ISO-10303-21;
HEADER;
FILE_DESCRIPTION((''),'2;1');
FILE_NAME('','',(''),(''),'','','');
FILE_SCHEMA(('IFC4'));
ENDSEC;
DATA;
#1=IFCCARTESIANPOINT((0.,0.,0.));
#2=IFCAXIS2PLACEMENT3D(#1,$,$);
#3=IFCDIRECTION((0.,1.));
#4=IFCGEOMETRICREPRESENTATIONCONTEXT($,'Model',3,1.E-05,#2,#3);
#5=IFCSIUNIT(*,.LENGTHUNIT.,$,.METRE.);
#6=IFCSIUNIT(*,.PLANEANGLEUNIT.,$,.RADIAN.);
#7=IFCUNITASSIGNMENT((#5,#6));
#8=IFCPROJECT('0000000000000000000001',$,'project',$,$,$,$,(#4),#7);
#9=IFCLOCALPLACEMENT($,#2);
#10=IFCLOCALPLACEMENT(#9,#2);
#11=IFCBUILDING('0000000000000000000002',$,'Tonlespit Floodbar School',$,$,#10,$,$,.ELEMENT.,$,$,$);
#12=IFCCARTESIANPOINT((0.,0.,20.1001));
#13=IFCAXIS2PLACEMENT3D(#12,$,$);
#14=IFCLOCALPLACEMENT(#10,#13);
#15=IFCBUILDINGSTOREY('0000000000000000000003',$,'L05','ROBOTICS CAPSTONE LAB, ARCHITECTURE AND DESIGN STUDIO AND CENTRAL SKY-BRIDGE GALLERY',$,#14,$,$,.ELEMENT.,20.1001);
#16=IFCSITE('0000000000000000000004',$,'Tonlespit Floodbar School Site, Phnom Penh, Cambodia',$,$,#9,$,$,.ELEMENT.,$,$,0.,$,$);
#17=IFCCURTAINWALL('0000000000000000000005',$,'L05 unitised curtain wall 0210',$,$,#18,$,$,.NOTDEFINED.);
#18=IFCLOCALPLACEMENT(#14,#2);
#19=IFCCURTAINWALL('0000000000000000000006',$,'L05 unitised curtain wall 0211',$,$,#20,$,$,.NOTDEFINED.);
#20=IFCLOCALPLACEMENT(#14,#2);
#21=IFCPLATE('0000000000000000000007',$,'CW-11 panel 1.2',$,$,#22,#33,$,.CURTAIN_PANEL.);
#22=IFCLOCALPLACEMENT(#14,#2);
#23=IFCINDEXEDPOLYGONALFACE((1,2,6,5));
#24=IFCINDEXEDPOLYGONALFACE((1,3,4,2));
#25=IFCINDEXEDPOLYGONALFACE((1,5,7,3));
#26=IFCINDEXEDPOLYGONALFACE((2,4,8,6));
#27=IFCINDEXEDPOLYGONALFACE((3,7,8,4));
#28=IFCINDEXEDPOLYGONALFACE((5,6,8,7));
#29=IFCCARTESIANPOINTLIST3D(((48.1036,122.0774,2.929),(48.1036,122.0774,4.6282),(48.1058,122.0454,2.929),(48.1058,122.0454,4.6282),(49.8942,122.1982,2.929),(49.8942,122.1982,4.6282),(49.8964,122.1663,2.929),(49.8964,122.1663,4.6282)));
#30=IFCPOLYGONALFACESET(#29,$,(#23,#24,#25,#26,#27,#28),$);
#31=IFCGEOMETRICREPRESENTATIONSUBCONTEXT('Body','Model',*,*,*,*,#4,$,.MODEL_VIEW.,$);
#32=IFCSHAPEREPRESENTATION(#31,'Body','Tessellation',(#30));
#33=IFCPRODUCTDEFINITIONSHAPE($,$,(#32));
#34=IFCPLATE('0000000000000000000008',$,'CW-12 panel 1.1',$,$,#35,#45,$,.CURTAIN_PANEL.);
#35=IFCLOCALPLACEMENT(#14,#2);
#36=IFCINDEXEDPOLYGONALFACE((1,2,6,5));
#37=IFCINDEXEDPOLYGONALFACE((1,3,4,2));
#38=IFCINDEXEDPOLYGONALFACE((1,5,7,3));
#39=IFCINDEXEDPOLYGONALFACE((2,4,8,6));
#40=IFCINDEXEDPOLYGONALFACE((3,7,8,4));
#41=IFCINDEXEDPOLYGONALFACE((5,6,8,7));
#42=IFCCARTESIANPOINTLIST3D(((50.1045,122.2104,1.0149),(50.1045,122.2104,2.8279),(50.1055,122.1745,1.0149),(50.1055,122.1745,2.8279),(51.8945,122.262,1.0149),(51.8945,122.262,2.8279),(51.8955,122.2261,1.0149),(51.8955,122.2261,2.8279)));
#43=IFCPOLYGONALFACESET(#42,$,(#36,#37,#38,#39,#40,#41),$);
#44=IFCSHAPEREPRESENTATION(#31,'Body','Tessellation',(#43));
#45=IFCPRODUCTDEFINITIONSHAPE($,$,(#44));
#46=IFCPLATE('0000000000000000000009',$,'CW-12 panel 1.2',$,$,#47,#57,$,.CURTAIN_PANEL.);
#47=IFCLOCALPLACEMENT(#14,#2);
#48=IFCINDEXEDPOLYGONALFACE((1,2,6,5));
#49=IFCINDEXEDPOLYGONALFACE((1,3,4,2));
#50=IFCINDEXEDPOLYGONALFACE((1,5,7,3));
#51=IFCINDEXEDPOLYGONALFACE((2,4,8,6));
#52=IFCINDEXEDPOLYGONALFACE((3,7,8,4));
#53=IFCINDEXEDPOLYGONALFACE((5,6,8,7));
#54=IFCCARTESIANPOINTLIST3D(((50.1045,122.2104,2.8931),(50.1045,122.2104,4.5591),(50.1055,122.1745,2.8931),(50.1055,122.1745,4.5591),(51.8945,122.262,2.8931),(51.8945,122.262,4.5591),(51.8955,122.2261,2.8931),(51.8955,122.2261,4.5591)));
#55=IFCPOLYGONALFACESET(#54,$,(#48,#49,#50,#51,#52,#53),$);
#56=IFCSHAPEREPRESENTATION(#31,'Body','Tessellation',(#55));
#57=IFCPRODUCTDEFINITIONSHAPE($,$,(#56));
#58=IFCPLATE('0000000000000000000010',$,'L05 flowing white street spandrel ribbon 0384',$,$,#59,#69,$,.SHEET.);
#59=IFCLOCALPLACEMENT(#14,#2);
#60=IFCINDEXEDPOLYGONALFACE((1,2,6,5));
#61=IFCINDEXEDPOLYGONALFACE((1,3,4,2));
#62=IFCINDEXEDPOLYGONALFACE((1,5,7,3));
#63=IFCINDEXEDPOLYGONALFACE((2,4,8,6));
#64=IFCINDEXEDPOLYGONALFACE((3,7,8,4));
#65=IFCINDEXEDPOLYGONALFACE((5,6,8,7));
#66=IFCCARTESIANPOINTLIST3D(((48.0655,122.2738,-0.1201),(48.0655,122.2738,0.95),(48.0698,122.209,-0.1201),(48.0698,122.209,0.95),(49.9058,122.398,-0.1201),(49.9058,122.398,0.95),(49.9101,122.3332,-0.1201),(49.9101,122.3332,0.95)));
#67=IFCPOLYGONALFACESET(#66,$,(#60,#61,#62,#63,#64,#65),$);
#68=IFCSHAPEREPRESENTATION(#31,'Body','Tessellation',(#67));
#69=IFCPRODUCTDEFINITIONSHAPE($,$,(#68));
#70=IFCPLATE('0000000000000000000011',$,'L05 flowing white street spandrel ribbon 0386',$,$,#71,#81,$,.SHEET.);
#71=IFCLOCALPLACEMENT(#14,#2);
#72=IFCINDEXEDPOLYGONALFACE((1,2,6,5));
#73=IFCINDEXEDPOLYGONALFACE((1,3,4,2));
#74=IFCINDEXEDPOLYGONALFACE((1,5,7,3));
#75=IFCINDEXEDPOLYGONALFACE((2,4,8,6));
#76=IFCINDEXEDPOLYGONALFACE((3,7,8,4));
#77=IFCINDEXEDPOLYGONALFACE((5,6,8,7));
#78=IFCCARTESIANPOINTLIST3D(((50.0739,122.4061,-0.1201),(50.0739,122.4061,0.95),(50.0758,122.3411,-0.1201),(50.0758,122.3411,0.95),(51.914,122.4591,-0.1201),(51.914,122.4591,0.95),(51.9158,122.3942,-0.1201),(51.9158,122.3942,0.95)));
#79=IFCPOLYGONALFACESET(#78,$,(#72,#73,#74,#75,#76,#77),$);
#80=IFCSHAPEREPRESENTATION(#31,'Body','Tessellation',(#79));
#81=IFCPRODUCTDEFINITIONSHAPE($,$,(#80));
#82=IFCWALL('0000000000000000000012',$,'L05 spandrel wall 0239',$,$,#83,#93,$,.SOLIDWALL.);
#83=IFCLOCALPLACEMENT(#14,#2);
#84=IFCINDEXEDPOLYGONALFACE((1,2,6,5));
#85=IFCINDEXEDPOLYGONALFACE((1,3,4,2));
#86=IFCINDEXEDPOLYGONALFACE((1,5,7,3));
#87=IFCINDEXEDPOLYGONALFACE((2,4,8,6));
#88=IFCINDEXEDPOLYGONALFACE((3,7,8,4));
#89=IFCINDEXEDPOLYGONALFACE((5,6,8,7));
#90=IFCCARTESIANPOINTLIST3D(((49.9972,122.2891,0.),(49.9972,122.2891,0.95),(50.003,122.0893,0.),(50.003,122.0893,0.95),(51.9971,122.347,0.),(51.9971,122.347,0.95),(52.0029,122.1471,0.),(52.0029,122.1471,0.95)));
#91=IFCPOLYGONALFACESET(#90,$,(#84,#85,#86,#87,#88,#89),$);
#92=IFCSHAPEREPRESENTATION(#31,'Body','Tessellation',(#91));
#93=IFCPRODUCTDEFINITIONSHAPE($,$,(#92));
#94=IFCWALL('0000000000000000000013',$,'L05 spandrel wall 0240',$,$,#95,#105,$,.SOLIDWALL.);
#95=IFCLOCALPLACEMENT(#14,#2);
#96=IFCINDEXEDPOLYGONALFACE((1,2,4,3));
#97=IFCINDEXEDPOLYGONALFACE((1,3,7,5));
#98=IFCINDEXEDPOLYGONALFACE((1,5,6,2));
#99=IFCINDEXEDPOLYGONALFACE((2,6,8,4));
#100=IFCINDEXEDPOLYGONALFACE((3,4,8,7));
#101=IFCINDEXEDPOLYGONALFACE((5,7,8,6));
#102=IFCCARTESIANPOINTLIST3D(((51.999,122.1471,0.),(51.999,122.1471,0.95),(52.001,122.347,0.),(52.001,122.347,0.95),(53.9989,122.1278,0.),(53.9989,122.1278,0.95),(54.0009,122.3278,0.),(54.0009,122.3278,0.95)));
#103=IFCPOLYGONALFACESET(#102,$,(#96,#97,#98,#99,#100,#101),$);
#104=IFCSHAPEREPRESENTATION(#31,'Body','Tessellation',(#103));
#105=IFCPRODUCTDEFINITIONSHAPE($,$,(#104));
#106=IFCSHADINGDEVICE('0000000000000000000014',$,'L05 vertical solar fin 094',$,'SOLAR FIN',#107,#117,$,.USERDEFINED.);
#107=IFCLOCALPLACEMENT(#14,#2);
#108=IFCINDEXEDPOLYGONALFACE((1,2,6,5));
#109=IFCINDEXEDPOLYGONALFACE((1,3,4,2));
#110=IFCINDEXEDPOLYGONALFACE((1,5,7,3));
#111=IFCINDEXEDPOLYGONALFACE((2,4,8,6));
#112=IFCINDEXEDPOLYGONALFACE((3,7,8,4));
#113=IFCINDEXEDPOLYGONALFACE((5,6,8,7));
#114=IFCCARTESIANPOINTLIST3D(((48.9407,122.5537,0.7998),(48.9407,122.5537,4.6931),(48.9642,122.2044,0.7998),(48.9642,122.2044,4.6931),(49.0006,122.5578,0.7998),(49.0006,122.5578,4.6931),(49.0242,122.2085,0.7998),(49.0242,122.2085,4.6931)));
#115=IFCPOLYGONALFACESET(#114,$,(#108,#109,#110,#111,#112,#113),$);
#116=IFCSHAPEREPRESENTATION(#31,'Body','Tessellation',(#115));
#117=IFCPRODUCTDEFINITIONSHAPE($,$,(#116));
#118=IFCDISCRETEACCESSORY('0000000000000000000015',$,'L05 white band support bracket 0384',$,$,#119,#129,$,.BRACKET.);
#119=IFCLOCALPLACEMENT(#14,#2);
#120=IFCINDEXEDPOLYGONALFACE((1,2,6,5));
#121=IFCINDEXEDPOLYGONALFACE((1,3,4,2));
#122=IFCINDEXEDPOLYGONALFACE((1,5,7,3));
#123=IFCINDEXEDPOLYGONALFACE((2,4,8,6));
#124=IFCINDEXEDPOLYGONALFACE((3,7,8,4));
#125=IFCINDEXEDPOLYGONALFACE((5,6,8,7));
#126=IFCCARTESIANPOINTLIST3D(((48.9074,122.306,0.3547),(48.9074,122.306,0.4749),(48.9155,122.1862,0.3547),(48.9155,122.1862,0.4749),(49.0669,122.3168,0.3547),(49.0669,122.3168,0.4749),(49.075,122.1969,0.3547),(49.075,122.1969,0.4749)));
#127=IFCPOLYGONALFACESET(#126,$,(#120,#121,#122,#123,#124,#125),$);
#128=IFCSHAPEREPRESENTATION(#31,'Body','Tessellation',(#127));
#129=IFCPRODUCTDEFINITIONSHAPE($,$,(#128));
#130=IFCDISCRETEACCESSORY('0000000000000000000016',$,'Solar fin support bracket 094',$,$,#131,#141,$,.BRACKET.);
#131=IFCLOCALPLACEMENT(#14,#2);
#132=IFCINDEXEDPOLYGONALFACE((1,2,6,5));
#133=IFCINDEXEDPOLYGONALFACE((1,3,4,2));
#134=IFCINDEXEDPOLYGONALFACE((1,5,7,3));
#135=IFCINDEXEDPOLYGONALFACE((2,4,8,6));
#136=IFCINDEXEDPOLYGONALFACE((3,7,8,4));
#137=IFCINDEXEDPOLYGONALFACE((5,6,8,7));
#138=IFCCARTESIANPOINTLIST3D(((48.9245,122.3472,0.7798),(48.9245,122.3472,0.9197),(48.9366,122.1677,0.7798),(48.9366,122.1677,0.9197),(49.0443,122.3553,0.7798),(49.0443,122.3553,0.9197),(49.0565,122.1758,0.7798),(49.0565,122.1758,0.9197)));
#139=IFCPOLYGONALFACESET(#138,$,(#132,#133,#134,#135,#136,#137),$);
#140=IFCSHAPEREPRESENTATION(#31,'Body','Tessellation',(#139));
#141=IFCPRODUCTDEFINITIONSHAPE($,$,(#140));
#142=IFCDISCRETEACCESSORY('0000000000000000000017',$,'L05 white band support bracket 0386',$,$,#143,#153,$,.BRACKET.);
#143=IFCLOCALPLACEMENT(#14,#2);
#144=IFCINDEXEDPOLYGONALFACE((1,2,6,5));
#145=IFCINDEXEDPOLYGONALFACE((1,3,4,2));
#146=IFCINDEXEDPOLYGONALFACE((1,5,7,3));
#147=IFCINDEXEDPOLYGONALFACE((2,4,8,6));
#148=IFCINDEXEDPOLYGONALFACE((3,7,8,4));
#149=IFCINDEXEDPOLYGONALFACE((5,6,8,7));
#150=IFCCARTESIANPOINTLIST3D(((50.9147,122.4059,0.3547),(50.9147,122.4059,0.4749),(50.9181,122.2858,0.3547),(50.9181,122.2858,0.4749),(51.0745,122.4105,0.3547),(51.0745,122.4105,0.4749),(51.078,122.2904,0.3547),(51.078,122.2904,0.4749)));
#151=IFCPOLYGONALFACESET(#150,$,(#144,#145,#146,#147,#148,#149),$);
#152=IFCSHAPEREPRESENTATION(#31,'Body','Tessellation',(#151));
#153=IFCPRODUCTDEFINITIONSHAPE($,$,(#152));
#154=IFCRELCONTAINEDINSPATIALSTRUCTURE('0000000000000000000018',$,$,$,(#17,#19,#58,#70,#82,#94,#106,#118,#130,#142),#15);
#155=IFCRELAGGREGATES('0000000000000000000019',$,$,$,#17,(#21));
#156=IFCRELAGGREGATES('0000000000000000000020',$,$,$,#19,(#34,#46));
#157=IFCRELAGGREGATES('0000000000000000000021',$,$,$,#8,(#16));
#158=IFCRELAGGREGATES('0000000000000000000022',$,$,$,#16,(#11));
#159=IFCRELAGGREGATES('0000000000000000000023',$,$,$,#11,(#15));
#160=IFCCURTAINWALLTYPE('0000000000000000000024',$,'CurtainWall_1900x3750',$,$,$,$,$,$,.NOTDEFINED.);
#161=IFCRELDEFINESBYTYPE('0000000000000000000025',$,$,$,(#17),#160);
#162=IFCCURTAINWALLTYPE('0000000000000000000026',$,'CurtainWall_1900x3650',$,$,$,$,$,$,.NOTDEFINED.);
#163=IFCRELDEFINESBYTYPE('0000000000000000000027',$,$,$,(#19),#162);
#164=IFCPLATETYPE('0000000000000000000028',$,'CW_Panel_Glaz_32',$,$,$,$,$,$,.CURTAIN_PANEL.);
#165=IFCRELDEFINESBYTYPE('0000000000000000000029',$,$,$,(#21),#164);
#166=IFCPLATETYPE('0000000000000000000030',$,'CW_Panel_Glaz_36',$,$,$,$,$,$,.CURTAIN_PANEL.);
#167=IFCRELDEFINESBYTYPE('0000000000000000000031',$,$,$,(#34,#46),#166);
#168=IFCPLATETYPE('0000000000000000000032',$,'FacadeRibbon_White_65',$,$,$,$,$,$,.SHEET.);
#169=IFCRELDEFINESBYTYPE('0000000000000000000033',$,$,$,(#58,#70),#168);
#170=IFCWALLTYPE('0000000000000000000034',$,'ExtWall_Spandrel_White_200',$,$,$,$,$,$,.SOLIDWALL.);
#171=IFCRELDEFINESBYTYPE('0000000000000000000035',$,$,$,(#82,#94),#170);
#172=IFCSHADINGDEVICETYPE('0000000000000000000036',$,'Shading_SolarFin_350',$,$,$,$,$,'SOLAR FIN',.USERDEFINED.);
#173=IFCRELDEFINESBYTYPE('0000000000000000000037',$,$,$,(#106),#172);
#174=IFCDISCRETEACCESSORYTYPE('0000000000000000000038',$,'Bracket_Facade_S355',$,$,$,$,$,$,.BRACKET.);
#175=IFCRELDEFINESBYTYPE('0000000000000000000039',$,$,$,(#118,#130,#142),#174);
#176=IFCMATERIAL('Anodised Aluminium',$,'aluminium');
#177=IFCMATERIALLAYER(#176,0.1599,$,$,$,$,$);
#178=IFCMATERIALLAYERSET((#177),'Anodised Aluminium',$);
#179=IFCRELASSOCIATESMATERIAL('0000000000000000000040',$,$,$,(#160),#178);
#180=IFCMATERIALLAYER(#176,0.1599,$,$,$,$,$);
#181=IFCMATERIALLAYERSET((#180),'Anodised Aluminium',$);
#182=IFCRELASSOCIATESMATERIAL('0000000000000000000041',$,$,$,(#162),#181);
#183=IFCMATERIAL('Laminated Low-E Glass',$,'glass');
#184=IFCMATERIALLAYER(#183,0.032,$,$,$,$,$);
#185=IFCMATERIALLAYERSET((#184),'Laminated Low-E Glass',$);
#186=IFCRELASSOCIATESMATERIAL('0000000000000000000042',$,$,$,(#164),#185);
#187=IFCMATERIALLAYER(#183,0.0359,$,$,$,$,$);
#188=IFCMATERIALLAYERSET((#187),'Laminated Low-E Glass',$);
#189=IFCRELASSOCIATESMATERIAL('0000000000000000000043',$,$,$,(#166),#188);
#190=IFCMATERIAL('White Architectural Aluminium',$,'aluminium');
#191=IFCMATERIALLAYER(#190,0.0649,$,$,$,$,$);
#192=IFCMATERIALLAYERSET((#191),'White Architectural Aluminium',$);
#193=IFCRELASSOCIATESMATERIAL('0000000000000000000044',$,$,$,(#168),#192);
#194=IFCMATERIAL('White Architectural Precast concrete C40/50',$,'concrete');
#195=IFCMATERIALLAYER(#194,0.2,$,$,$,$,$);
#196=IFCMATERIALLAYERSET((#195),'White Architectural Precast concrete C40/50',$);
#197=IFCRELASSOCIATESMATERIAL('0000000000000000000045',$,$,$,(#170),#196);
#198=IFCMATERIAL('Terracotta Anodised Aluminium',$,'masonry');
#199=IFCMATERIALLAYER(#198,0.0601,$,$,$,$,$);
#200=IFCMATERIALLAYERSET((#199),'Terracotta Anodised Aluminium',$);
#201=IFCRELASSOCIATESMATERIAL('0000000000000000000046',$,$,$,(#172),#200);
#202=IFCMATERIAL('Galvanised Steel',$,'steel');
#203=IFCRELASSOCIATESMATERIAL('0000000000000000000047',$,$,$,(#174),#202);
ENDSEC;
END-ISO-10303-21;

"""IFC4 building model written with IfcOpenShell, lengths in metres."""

from ifc_helpers import new_model, si_unit, direction, frame, frame_2d, origin, origin_2d, place, context, subcontext, project, spatial, rectangle, extrude, material, layer, layer_set, type_object, element, aggregate, save


model = new_model("IFC4")

# Units and contexts
model_context = context("Model", 3, precision=1e-05, world=origin(), true_north=direction((0.0, 1.0)))
body_context = subcontext(model_context, "Body", "Model", "MODEL_VIEW")
ifc_project = project(units=[si_unit("LENGTHUNIT", "METRE"), si_unit("PLANEANGLEUNIT", "RADIAN")], contexts=[model_context])

# Site, building, storey
site_placement = place(None, origin())
site = spatial("IfcSite", under=ifc_project, at=site_placement, Name="Tonlespit Floodbar School Site, Phnom Penh, Cambodia", CompositionType="ELEMENT", RefElevation=0.0)
building_placement = place(site_placement, origin())
building = spatial("IfcBuilding", under=site, at=building_placement, Name="Tonlespit Floodbar School", CompositionType="ELEMENT")
storey_placement = place(building_placement, frame((0.0, 0.0, 20.1001)))
storey = spatial("IfcBuildingStorey", under=building, at=storey_placement, Name="L05", Description="ROBOTICS CAPSTONE LAB, ARCHITECTURE AND DESIGN STUDIO AND CENTRAL SKY-BRIDGE GALLERY", CompositionType="ELEMENT", Elevation=20.1001)

# Curtain wall
ifc_material_1 = material(Name="Anodised Aluminium", Category="aluminium")
ifc_layer_1 = layer(ifc_material_1, 0.1599)
ifc_layer_set_1 = layer_set([ifc_layer_1], Name="Anodised Aluminium")
curtain_wall_type_1 = type_object("IfcCurtainWallType", Name="CurtainWall_1900x3750", PredefinedType="NOTDEFINED", material=ifc_layer_set_1)
curtain_wall_1_placement = place(storey_placement, origin())
curtain_wall_1 = element("IfcCurtainWall", 1, at=curtain_wall_1_placement, inside=storey, type_object=curtain_wall_type_1, Name="L05 unitised curtain wall 0210", PredefinedType="NOTDEFINED")

# Curtain wall
ifc_layer_2 = layer(ifc_material_1, 0.1599)
ifc_layer_set_2 = layer_set([ifc_layer_2], Name="Anodised Aluminium")
curtain_wall_type_2 = type_object("IfcCurtainWallType", Name="CurtainWall_1900x3650", PredefinedType="NOTDEFINED", material=ifc_layer_set_2)
curtain_wall_2_placement = place(storey_placement, origin())
curtain_wall_2 = element("IfcCurtainWall", 2, at=curtain_wall_2_placement, inside=storey, type_object=curtain_wall_type_2, Name="L05 unitised curtain wall 0211", PredefinedType="NOTDEFINED")

# Plates
ifc_material_2 = material(Name="Laminated Low-E Glass", Category="glass")
ifc_layer_3 = layer(ifc_material_2, 0.032)
ifc_layer_set_3 = layer_set([ifc_layer_3], Name="Laminated Low-E Glass")
plate_type_1 = type_object("IfcPlateType", Name="CW_Panel_Glaz_32", PredefinedType="CURTAIN_PANEL", material=ifc_layer_set_3)
plate_1_placement = place(storey_placement, frame((49.0, 122.1218, 2.929), z_axis=(0.0, 0.0, 1.0), x_axis=(0.99773, 0.06734, 0.0)))
plate_1 = element("IfcPlate", 3, at=plate_1_placement, type_object=plate_type_1, Name="CW-11 panel 1.2", PredefinedType="CURTAIN_PANEL", context=body_context, shape_type="SweptSolid", body=[
    extrude(rectangle(XDim=1.7947, YDim=0.032, at=origin_2d()), origin(), (0.0, 0.0, 1.0), 1.6992),
])
aggregate(curtain_wall_1, [plate_1])
ifc_layer_4 = layer(ifc_material_2, 0.0359)
ifc_layer_set_4 = layer_set([ifc_layer_4], Name="Laminated Low-E Glass")
plate_type_2 = type_object("IfcPlateType", Name="CW_Panel_Glaz_36", PredefinedType="CURTAIN_PANEL", material=ifc_layer_set_4)
plate_2_placement = place(storey_placement, frame((51.0, 122.2183, 1.0149), z_axis=(0.0, 0.0, 1.0), x_axis=(0.999585, 0.02879, 0.0)))
plate_2 = element("IfcPlate", 4, at=plate_2_placement, type_object=plate_type_2, Name="CW-12 panel 1.1", PredefinedType="CURTAIN_PANEL", context=body_context, shape_type="SweptSolid", body=[
    extrude(rectangle(XDim=1.7908, YDim=0.0359, at=origin_2d()), origin(), (0.0, 0.0, 1.0), 1.813),
])
plate_3_placement = place(storey_placement, frame((51.0, 122.2183, 2.8931), z_axis=(0.0, 0.0, 1.0), x_axis=(0.999585, 0.02879, 0.0)))
plate_3 = element("IfcPlate", 5, at=plate_3_placement, type_object=plate_type_2, Name="CW-12 panel 1.2", PredefinedType="CURTAIN_PANEL", context=body_context, shape_type="SweptSolid", body=[
    extrude(rectangle(XDim=1.7908, YDim=0.0359, at=origin_2d()), origin(), (0.0, 0.0, 1.0), 1.666),
])
aggregate(curtain_wall_2, [plate_2, plate_3])

# Plates
ifc_material_3 = material(Name="White Architectural Aluminium", Category="aluminium")
ifc_layer_5 = layer(ifc_material_3, 0.0649)
ifc_layer_set_5 = layer_set([ifc_layer_5], Name="White Architectural Aluminium")
plate_type_3 = type_object("IfcPlateType", Name="FacadeRibbon_White_65", PredefinedType="SHEET", material=ifc_layer_set_5)
plate_4_placement = place(storey_placement, frame((48.9878, 122.3035, -0.1201), z_axis=(0.0, 0.0, 1.0), x_axis=(0.99773, 0.067347, 0.0)))
element("IfcPlate", 6, at=plate_4_placement, inside=storey, type_object=plate_type_3, Name="L05 flowing white street spandrel ribbon 0384", PredefinedType="SHEET", context=body_context, shape_type="SweptSolid", body=[
    extrude(rectangle(XDim=1.8445, YDim=0.0649, at=origin_2d()), origin(), (0.0, 0.0, 1.0), 1.0701),
])
plate_5_placement = place(storey_placement, frame((50.9949, 122.4001, -0.1201), z_axis=(0.0, 0.0, 1.0), x_axis=(0.999584, 0.028838, 0.0)))
element("IfcPlate", 7, at=plate_5_placement, inside=storey, type_object=plate_type_3, Name="L05 flowing white street spandrel ribbon 0386", PredefinedType="SHEET", context=body_context, shape_type="SweptSolid", body=[
    extrude(rectangle(XDim=1.8408, YDim=0.0649, at=origin_2d()), origin(), (0.0, 0.0, 1.0), 1.0701),
])

# Walls
ifc_material_4 = material(Name="White Architectural Precast concrete C40/50", Category="concrete")
ifc_layer_6 = layer(ifc_material_4, 0.2)
ifc_layer_set_6 = layer_set([ifc_layer_6], Name="White Architectural Precast concrete C40/50")
wall_type = type_object("IfcWallType", Name="ExtWall_Spandrel_White_200", PredefinedType="SOLIDWALL", material=ifc_layer_set_6)
wall_1_placement = place(storey_placement, frame((50.0, 122.1892, 0.0), z_axis=(0.0, 0.0, 1.0), x_axis=(0.999582, 0.028919, 0.0)))
element("IfcWall", 8, at=wall_1_placement, inside=storey, type_object=wall_type, Name="L05 spandrel wall 0239", PredefinedType="SOLIDWALL", context=body_context, shape_type="SweptSolid", body=[
    extrude(rectangle(XDim=2.0007, YDim=0.2, at=frame_2d((1.0005, 0.0))), origin(), (0.0, 0.0, 1.0), 0.95),
])
wall_2_placement = place(storey_placement, frame((52.0, 122.2471, 0.0), z_axis=(0.0, 0.0, 1.0), x_axis=(0.999954, -0.009643, 0.0)))
element("IfcWall", 9, at=wall_2_placement, inside=storey, type_object=wall_type, Name="L05 spandrel wall 0240", PredefinedType="SOLIDWALL", context=body_context, shape_type="SweptSolid", body=[
    extrude(rectangle(XDim=2.0, YDim=0.2, at=frame_2d((1.0, 0.0))), origin(), (0.0, 0.0, 1.0), 0.95),
])

# Shading device
ifc_material_5 = material(Name="Terracotta Anodised Aluminium", Category="masonry")
ifc_layer_7 = layer(ifc_material_5, 0.0601)
ifc_layer_set_7 = layer_set([ifc_layer_7], Name="Terracotta Anodised Aluminium")
shading_device_type = type_object("IfcShadingDeviceType", Name="Shading_SolarFin_350", ElementType="SOLAR FIN", PredefinedType="USERDEFINED", material=ifc_layer_set_7)
shading_device_placement = place(storey_placement, frame((48.9824, 122.3811, 0.7998), z_axis=(0.0, 0.0, 1.0), x_axis=(0.99773, 0.067347, 0.0)))
element("IfcShadingDevice", 10, at=shading_device_placement, inside=storey, type_object=shading_device_type, Name="L05 vertical solar fin 094", ObjectType="SOLAR FIN", PredefinedType="USERDEFINED", context=body_context, shape_type="SweptSolid", body=[
    extrude(rectangle(XDim=0.0601, YDim=0.3501, at=origin_2d()), origin(), (0.0, 0.0, 1.0), 3.8933),
])

# Discrete accessories
ifc_material_6 = material(Name="Galvanised Steel", Category="steel")
discrete_accessory_type = type_object("IfcDiscreteAccessoryType", Name="Bracket_Facade_S355", PredefinedType="BRACKET", material=ifc_material_6)
discrete_accessory_1_placement = place(storey_placement, frame((48.9912, 122.2515, 0.3547), z_axis=(0.0, 0.0, 1.0), x_axis=(0.99773, 0.067347, 0.0)))
element("IfcDiscreteAccessory", 11, at=discrete_accessory_1_placement, inside=storey, type_object=discrete_accessory_type, Name="L05 white band support bracket 0384", PredefinedType="BRACKET", context=body_context, shape_type="SweptSolid", body=[
    extrude(rectangle(XDim=0.1599, YDim=0.1201, at=origin_2d()), origin(), (0.0, 0.0, 1.0), 0.1201),
])
discrete_accessory_2_placement = place(storey_placement, frame((48.9905, 122.2615, 0.7798), z_axis=(0.0, 0.0, 1.0), x_axis=(0.99773, 0.067347, 0.0)))
element("IfcDiscreteAccessory", 12, at=discrete_accessory_2_placement, inside=storey, type_object=discrete_accessory_type, Name="Solar fin support bracket 094", PredefinedType="BRACKET", context=body_context, shape_type="SweptSolid", body=[
    extrude(rectangle(XDim=0.1201, YDim=0.1799, at=origin_2d()), origin(), (0.0, 0.0, 1.0), 0.1399),
])
discrete_accessory_3_placement = place(storey_placement, frame((50.9963, 122.3481, 0.3547), z_axis=(0.0, 0.0, 1.0), x_axis=(0.999584, 0.028838, 0.0)))
element("IfcDiscreteAccessory", 13, at=discrete_accessory_3_placement, inside=storey, type_object=discrete_accessory_type, Name="L05 white band support bracket 0386", PredefinedType="BRACKET", context=body_context, shape_type="SweptSolid", body=[
    extrude(rectangle(XDim=0.1599, YDim=0.1201, at=origin_2d()), origin(), (0.0, 0.0, 1.0), 0.1201),
])

save(model, "model.ifc")
